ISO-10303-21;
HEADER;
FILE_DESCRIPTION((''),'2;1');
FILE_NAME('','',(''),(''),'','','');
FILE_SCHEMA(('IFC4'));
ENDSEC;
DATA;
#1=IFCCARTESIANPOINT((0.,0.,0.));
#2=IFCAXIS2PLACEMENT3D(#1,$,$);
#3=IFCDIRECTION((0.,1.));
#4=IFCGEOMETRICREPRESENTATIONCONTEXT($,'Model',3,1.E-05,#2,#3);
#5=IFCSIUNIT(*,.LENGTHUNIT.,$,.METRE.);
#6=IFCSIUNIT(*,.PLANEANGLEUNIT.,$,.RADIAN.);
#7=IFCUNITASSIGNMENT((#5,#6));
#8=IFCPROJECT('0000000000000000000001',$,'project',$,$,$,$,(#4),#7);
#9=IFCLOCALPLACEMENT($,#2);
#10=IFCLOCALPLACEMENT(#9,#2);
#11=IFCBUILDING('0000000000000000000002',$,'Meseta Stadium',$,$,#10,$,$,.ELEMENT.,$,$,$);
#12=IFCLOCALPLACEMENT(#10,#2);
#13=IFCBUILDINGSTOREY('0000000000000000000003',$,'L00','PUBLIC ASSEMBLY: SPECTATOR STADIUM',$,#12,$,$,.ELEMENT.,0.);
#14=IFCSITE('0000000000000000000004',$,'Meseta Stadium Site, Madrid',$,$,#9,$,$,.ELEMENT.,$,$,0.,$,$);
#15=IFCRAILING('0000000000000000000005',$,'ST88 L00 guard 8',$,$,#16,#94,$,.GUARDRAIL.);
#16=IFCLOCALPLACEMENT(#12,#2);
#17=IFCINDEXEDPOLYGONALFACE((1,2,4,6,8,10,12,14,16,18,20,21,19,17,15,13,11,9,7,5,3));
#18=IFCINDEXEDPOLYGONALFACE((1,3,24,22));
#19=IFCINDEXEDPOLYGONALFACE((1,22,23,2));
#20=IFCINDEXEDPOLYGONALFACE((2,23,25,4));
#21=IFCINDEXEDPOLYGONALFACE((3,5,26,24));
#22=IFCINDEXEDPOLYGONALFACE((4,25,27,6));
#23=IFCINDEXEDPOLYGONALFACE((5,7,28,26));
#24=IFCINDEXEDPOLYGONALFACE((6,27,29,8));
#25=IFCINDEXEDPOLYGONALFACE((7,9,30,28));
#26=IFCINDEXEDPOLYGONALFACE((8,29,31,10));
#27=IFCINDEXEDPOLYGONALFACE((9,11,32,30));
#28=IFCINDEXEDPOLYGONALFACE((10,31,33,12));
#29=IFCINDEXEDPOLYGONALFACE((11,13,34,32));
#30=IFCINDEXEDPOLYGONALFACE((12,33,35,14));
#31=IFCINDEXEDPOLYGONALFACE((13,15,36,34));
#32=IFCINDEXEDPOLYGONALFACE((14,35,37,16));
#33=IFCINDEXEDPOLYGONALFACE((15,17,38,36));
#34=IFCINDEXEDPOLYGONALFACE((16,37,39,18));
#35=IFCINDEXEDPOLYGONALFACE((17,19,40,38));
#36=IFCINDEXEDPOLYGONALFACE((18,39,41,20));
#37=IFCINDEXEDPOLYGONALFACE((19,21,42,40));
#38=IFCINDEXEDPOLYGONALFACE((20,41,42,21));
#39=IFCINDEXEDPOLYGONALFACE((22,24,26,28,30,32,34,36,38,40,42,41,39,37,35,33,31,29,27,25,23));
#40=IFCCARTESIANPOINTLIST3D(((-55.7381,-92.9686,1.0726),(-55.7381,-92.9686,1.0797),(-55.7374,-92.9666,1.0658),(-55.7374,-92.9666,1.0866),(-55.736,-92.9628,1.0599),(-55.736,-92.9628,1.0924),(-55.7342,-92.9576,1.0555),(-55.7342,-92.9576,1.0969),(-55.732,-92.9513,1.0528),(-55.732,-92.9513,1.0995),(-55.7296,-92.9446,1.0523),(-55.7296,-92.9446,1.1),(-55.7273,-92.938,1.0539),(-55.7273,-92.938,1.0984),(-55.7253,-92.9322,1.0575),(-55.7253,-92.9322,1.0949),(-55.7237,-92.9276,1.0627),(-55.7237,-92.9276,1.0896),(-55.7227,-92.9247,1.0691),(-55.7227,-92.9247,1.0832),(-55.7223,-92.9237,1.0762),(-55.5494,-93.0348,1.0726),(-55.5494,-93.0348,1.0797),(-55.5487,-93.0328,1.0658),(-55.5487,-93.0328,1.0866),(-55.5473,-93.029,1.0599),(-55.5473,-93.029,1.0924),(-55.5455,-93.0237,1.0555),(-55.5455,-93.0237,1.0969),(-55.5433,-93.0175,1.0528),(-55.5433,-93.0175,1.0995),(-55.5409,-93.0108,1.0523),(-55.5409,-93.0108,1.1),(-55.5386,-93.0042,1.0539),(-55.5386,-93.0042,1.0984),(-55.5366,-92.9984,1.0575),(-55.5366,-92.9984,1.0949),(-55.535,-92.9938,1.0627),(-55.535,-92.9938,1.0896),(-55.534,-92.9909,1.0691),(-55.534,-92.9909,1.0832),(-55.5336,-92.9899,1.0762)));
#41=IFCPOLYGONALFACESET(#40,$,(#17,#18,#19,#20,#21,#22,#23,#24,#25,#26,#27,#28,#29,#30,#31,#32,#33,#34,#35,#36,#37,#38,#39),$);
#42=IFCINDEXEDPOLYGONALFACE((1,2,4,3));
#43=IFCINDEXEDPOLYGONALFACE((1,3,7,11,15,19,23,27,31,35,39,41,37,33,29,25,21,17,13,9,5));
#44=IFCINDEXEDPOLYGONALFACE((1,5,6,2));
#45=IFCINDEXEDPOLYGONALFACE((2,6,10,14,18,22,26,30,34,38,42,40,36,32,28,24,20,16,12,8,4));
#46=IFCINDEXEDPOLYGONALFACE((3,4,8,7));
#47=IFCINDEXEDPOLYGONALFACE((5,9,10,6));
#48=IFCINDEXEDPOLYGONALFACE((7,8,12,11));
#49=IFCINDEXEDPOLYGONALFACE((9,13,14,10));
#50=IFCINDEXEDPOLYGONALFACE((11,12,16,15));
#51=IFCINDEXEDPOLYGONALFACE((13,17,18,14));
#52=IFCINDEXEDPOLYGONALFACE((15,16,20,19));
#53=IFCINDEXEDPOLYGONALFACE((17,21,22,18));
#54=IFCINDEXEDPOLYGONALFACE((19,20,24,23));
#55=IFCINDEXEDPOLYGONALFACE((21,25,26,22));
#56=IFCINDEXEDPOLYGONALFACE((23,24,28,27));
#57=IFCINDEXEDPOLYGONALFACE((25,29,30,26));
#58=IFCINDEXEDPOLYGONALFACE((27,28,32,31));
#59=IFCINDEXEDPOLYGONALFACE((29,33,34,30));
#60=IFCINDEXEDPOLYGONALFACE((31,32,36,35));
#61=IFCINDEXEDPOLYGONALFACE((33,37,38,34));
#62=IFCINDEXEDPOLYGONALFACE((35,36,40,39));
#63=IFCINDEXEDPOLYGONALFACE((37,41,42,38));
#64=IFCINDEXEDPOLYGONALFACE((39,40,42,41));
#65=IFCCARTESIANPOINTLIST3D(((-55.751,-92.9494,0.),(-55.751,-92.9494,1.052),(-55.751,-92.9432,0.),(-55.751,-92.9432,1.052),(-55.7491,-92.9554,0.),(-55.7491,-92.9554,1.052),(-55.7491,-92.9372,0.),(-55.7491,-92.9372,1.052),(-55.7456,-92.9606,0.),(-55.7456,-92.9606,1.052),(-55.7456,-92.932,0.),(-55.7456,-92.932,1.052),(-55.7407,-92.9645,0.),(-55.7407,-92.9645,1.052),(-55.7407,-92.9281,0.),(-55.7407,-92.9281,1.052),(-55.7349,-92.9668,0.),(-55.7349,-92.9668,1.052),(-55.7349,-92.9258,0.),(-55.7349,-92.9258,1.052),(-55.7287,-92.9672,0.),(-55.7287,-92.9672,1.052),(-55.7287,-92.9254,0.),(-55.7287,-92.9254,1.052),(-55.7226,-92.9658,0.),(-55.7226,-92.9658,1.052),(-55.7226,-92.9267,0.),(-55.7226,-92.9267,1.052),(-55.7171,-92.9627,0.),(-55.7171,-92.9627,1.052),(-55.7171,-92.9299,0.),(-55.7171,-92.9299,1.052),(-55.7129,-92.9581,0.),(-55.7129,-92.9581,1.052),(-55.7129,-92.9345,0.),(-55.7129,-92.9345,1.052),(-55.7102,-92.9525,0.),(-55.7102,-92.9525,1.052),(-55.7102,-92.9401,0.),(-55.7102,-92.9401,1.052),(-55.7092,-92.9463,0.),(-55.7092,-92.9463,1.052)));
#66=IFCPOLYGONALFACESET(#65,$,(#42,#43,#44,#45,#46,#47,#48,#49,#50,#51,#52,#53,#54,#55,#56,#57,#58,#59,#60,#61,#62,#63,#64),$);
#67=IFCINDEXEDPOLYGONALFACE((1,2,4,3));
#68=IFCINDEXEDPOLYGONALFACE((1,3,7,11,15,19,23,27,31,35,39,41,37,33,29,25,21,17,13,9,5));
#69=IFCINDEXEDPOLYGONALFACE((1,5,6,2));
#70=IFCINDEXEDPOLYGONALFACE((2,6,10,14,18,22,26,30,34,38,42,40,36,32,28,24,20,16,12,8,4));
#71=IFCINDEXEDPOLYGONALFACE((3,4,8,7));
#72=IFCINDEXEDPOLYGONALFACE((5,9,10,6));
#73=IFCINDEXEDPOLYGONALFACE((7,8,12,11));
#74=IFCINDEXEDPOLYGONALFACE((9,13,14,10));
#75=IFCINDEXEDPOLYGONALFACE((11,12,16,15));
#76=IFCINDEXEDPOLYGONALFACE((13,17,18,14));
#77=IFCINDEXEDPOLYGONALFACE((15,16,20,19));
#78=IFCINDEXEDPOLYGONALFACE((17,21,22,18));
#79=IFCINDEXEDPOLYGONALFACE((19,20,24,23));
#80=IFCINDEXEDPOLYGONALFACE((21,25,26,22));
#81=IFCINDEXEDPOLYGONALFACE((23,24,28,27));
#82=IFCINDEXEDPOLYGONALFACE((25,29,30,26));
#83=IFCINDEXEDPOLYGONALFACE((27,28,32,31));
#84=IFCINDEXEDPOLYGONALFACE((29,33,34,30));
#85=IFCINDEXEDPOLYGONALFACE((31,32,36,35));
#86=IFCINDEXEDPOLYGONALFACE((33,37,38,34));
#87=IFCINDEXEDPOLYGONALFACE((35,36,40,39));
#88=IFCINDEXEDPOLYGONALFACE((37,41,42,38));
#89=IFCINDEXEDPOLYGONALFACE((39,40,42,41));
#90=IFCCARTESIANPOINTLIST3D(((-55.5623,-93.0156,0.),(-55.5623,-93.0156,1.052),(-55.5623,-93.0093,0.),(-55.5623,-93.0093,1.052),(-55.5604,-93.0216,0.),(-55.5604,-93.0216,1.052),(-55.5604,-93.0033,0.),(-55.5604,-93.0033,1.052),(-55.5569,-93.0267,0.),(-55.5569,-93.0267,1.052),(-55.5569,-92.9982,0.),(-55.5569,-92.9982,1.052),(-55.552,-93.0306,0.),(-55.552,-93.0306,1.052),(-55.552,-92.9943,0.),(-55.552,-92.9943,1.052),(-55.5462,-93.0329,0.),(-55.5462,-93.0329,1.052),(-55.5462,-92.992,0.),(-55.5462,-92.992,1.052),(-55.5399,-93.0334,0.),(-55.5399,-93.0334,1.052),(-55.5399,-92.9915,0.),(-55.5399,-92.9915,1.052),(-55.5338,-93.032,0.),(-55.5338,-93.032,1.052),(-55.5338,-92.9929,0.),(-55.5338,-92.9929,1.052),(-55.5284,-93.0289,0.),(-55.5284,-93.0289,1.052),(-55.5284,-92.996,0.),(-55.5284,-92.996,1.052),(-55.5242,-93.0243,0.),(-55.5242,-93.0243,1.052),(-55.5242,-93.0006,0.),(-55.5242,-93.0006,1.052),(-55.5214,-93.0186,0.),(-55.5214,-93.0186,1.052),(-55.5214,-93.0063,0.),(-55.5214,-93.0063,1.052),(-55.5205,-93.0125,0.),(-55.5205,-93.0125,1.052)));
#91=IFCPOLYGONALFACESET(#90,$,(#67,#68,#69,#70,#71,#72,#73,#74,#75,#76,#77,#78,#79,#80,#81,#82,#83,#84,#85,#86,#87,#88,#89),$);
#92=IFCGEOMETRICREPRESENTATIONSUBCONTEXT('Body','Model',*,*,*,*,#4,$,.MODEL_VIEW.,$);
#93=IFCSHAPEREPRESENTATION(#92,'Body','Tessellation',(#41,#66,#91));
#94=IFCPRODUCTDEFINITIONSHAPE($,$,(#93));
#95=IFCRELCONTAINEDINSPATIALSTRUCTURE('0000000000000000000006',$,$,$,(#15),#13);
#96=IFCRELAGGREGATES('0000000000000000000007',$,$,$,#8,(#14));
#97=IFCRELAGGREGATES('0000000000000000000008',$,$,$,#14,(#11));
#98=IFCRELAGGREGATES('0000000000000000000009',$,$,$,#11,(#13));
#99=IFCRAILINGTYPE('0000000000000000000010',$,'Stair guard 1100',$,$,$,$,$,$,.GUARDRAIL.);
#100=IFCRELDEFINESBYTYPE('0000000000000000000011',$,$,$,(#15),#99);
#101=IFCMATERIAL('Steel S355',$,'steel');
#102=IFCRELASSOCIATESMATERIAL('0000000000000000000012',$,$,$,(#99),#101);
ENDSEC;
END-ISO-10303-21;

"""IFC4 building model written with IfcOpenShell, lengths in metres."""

from ifc_helpers import new_model, si_unit, direction, frame, origin, origin_2d, place, context, subcontext, project, spatial, circle, extrude, material, type_object, element, save


model = new_model("IFC4")

# Units and contexts
model_context = context("Model", 3, precision=1e-05, world=origin(), true_north=direction((0.0, 1.0)))
body_context = subcontext(model_context, "Body", "Model", "MODEL_VIEW")
ifc_project = project(units=[si_unit("LENGTHUNIT", "METRE"), si_unit("PLANEANGLEUNIT", "RADIAN")], contexts=[model_context])

# Site, building, storey
site_placement = place(None, origin())
site = spatial("IfcSite", under=ifc_project, at=site_placement, Name="Meseta Stadium Site, Madrid", CompositionType="ELEMENT", RefElevation=0.0)
building_placement = place(site_placement, origin())
building = spatial("IfcBuilding", under=site, at=building_placement, Name="Meseta Stadium", CompositionType="ELEMENT")
storey_placement = place(building_placement, origin())
storey = spatial("IfcBuildingStorey", under=building, at=storey_placement, Name="L00", Description="PUBLIC ASSEMBLY: SPECTATOR STADIUM", CompositionType="ELEMENT", Elevation=0.0)

# Railing
ifc_material_1 = material(Name="Steel S355", Category="steel")
railing_type_1 = type_object("IfcRailingType", Name="Stair guard 1100", PredefinedType="GUARDRAIL", material=ifc_material_1)
railing_1_placement = place(storey_placement, frame((-55.7302, -92.9463, 0.0)))
element("IfcRailing", 1, at=railing_1_placement, inside=storey, type_object=railing_type_1, Name="ST88 L00 guard 8", PredefinedType="GUARDRAIL", context=body_context, shape_type="SweptSolid", body=[
    extrude(circle(Radius=0.0239, at=origin_2d()), frame((0.0, 0.0, 1.0762), z_axis=(0.943687, -0.33084, 0.0), x_axis=(0.33084, 0.943687, 0.0)), (0.0, 0.0, 1.0), 0.2),
    extrude(circle(Radius=0.021, at=origin_2d()), origin(), (0.0, 0.0, 1.0), 1.052),
    extrude(circle(Radius=0.021, at=origin_2d()), frame((0.1887, -0.0662, 0.0)), (0.0, 0.0, 1.0), 1.052),
])

save(model, "model.ifc")
